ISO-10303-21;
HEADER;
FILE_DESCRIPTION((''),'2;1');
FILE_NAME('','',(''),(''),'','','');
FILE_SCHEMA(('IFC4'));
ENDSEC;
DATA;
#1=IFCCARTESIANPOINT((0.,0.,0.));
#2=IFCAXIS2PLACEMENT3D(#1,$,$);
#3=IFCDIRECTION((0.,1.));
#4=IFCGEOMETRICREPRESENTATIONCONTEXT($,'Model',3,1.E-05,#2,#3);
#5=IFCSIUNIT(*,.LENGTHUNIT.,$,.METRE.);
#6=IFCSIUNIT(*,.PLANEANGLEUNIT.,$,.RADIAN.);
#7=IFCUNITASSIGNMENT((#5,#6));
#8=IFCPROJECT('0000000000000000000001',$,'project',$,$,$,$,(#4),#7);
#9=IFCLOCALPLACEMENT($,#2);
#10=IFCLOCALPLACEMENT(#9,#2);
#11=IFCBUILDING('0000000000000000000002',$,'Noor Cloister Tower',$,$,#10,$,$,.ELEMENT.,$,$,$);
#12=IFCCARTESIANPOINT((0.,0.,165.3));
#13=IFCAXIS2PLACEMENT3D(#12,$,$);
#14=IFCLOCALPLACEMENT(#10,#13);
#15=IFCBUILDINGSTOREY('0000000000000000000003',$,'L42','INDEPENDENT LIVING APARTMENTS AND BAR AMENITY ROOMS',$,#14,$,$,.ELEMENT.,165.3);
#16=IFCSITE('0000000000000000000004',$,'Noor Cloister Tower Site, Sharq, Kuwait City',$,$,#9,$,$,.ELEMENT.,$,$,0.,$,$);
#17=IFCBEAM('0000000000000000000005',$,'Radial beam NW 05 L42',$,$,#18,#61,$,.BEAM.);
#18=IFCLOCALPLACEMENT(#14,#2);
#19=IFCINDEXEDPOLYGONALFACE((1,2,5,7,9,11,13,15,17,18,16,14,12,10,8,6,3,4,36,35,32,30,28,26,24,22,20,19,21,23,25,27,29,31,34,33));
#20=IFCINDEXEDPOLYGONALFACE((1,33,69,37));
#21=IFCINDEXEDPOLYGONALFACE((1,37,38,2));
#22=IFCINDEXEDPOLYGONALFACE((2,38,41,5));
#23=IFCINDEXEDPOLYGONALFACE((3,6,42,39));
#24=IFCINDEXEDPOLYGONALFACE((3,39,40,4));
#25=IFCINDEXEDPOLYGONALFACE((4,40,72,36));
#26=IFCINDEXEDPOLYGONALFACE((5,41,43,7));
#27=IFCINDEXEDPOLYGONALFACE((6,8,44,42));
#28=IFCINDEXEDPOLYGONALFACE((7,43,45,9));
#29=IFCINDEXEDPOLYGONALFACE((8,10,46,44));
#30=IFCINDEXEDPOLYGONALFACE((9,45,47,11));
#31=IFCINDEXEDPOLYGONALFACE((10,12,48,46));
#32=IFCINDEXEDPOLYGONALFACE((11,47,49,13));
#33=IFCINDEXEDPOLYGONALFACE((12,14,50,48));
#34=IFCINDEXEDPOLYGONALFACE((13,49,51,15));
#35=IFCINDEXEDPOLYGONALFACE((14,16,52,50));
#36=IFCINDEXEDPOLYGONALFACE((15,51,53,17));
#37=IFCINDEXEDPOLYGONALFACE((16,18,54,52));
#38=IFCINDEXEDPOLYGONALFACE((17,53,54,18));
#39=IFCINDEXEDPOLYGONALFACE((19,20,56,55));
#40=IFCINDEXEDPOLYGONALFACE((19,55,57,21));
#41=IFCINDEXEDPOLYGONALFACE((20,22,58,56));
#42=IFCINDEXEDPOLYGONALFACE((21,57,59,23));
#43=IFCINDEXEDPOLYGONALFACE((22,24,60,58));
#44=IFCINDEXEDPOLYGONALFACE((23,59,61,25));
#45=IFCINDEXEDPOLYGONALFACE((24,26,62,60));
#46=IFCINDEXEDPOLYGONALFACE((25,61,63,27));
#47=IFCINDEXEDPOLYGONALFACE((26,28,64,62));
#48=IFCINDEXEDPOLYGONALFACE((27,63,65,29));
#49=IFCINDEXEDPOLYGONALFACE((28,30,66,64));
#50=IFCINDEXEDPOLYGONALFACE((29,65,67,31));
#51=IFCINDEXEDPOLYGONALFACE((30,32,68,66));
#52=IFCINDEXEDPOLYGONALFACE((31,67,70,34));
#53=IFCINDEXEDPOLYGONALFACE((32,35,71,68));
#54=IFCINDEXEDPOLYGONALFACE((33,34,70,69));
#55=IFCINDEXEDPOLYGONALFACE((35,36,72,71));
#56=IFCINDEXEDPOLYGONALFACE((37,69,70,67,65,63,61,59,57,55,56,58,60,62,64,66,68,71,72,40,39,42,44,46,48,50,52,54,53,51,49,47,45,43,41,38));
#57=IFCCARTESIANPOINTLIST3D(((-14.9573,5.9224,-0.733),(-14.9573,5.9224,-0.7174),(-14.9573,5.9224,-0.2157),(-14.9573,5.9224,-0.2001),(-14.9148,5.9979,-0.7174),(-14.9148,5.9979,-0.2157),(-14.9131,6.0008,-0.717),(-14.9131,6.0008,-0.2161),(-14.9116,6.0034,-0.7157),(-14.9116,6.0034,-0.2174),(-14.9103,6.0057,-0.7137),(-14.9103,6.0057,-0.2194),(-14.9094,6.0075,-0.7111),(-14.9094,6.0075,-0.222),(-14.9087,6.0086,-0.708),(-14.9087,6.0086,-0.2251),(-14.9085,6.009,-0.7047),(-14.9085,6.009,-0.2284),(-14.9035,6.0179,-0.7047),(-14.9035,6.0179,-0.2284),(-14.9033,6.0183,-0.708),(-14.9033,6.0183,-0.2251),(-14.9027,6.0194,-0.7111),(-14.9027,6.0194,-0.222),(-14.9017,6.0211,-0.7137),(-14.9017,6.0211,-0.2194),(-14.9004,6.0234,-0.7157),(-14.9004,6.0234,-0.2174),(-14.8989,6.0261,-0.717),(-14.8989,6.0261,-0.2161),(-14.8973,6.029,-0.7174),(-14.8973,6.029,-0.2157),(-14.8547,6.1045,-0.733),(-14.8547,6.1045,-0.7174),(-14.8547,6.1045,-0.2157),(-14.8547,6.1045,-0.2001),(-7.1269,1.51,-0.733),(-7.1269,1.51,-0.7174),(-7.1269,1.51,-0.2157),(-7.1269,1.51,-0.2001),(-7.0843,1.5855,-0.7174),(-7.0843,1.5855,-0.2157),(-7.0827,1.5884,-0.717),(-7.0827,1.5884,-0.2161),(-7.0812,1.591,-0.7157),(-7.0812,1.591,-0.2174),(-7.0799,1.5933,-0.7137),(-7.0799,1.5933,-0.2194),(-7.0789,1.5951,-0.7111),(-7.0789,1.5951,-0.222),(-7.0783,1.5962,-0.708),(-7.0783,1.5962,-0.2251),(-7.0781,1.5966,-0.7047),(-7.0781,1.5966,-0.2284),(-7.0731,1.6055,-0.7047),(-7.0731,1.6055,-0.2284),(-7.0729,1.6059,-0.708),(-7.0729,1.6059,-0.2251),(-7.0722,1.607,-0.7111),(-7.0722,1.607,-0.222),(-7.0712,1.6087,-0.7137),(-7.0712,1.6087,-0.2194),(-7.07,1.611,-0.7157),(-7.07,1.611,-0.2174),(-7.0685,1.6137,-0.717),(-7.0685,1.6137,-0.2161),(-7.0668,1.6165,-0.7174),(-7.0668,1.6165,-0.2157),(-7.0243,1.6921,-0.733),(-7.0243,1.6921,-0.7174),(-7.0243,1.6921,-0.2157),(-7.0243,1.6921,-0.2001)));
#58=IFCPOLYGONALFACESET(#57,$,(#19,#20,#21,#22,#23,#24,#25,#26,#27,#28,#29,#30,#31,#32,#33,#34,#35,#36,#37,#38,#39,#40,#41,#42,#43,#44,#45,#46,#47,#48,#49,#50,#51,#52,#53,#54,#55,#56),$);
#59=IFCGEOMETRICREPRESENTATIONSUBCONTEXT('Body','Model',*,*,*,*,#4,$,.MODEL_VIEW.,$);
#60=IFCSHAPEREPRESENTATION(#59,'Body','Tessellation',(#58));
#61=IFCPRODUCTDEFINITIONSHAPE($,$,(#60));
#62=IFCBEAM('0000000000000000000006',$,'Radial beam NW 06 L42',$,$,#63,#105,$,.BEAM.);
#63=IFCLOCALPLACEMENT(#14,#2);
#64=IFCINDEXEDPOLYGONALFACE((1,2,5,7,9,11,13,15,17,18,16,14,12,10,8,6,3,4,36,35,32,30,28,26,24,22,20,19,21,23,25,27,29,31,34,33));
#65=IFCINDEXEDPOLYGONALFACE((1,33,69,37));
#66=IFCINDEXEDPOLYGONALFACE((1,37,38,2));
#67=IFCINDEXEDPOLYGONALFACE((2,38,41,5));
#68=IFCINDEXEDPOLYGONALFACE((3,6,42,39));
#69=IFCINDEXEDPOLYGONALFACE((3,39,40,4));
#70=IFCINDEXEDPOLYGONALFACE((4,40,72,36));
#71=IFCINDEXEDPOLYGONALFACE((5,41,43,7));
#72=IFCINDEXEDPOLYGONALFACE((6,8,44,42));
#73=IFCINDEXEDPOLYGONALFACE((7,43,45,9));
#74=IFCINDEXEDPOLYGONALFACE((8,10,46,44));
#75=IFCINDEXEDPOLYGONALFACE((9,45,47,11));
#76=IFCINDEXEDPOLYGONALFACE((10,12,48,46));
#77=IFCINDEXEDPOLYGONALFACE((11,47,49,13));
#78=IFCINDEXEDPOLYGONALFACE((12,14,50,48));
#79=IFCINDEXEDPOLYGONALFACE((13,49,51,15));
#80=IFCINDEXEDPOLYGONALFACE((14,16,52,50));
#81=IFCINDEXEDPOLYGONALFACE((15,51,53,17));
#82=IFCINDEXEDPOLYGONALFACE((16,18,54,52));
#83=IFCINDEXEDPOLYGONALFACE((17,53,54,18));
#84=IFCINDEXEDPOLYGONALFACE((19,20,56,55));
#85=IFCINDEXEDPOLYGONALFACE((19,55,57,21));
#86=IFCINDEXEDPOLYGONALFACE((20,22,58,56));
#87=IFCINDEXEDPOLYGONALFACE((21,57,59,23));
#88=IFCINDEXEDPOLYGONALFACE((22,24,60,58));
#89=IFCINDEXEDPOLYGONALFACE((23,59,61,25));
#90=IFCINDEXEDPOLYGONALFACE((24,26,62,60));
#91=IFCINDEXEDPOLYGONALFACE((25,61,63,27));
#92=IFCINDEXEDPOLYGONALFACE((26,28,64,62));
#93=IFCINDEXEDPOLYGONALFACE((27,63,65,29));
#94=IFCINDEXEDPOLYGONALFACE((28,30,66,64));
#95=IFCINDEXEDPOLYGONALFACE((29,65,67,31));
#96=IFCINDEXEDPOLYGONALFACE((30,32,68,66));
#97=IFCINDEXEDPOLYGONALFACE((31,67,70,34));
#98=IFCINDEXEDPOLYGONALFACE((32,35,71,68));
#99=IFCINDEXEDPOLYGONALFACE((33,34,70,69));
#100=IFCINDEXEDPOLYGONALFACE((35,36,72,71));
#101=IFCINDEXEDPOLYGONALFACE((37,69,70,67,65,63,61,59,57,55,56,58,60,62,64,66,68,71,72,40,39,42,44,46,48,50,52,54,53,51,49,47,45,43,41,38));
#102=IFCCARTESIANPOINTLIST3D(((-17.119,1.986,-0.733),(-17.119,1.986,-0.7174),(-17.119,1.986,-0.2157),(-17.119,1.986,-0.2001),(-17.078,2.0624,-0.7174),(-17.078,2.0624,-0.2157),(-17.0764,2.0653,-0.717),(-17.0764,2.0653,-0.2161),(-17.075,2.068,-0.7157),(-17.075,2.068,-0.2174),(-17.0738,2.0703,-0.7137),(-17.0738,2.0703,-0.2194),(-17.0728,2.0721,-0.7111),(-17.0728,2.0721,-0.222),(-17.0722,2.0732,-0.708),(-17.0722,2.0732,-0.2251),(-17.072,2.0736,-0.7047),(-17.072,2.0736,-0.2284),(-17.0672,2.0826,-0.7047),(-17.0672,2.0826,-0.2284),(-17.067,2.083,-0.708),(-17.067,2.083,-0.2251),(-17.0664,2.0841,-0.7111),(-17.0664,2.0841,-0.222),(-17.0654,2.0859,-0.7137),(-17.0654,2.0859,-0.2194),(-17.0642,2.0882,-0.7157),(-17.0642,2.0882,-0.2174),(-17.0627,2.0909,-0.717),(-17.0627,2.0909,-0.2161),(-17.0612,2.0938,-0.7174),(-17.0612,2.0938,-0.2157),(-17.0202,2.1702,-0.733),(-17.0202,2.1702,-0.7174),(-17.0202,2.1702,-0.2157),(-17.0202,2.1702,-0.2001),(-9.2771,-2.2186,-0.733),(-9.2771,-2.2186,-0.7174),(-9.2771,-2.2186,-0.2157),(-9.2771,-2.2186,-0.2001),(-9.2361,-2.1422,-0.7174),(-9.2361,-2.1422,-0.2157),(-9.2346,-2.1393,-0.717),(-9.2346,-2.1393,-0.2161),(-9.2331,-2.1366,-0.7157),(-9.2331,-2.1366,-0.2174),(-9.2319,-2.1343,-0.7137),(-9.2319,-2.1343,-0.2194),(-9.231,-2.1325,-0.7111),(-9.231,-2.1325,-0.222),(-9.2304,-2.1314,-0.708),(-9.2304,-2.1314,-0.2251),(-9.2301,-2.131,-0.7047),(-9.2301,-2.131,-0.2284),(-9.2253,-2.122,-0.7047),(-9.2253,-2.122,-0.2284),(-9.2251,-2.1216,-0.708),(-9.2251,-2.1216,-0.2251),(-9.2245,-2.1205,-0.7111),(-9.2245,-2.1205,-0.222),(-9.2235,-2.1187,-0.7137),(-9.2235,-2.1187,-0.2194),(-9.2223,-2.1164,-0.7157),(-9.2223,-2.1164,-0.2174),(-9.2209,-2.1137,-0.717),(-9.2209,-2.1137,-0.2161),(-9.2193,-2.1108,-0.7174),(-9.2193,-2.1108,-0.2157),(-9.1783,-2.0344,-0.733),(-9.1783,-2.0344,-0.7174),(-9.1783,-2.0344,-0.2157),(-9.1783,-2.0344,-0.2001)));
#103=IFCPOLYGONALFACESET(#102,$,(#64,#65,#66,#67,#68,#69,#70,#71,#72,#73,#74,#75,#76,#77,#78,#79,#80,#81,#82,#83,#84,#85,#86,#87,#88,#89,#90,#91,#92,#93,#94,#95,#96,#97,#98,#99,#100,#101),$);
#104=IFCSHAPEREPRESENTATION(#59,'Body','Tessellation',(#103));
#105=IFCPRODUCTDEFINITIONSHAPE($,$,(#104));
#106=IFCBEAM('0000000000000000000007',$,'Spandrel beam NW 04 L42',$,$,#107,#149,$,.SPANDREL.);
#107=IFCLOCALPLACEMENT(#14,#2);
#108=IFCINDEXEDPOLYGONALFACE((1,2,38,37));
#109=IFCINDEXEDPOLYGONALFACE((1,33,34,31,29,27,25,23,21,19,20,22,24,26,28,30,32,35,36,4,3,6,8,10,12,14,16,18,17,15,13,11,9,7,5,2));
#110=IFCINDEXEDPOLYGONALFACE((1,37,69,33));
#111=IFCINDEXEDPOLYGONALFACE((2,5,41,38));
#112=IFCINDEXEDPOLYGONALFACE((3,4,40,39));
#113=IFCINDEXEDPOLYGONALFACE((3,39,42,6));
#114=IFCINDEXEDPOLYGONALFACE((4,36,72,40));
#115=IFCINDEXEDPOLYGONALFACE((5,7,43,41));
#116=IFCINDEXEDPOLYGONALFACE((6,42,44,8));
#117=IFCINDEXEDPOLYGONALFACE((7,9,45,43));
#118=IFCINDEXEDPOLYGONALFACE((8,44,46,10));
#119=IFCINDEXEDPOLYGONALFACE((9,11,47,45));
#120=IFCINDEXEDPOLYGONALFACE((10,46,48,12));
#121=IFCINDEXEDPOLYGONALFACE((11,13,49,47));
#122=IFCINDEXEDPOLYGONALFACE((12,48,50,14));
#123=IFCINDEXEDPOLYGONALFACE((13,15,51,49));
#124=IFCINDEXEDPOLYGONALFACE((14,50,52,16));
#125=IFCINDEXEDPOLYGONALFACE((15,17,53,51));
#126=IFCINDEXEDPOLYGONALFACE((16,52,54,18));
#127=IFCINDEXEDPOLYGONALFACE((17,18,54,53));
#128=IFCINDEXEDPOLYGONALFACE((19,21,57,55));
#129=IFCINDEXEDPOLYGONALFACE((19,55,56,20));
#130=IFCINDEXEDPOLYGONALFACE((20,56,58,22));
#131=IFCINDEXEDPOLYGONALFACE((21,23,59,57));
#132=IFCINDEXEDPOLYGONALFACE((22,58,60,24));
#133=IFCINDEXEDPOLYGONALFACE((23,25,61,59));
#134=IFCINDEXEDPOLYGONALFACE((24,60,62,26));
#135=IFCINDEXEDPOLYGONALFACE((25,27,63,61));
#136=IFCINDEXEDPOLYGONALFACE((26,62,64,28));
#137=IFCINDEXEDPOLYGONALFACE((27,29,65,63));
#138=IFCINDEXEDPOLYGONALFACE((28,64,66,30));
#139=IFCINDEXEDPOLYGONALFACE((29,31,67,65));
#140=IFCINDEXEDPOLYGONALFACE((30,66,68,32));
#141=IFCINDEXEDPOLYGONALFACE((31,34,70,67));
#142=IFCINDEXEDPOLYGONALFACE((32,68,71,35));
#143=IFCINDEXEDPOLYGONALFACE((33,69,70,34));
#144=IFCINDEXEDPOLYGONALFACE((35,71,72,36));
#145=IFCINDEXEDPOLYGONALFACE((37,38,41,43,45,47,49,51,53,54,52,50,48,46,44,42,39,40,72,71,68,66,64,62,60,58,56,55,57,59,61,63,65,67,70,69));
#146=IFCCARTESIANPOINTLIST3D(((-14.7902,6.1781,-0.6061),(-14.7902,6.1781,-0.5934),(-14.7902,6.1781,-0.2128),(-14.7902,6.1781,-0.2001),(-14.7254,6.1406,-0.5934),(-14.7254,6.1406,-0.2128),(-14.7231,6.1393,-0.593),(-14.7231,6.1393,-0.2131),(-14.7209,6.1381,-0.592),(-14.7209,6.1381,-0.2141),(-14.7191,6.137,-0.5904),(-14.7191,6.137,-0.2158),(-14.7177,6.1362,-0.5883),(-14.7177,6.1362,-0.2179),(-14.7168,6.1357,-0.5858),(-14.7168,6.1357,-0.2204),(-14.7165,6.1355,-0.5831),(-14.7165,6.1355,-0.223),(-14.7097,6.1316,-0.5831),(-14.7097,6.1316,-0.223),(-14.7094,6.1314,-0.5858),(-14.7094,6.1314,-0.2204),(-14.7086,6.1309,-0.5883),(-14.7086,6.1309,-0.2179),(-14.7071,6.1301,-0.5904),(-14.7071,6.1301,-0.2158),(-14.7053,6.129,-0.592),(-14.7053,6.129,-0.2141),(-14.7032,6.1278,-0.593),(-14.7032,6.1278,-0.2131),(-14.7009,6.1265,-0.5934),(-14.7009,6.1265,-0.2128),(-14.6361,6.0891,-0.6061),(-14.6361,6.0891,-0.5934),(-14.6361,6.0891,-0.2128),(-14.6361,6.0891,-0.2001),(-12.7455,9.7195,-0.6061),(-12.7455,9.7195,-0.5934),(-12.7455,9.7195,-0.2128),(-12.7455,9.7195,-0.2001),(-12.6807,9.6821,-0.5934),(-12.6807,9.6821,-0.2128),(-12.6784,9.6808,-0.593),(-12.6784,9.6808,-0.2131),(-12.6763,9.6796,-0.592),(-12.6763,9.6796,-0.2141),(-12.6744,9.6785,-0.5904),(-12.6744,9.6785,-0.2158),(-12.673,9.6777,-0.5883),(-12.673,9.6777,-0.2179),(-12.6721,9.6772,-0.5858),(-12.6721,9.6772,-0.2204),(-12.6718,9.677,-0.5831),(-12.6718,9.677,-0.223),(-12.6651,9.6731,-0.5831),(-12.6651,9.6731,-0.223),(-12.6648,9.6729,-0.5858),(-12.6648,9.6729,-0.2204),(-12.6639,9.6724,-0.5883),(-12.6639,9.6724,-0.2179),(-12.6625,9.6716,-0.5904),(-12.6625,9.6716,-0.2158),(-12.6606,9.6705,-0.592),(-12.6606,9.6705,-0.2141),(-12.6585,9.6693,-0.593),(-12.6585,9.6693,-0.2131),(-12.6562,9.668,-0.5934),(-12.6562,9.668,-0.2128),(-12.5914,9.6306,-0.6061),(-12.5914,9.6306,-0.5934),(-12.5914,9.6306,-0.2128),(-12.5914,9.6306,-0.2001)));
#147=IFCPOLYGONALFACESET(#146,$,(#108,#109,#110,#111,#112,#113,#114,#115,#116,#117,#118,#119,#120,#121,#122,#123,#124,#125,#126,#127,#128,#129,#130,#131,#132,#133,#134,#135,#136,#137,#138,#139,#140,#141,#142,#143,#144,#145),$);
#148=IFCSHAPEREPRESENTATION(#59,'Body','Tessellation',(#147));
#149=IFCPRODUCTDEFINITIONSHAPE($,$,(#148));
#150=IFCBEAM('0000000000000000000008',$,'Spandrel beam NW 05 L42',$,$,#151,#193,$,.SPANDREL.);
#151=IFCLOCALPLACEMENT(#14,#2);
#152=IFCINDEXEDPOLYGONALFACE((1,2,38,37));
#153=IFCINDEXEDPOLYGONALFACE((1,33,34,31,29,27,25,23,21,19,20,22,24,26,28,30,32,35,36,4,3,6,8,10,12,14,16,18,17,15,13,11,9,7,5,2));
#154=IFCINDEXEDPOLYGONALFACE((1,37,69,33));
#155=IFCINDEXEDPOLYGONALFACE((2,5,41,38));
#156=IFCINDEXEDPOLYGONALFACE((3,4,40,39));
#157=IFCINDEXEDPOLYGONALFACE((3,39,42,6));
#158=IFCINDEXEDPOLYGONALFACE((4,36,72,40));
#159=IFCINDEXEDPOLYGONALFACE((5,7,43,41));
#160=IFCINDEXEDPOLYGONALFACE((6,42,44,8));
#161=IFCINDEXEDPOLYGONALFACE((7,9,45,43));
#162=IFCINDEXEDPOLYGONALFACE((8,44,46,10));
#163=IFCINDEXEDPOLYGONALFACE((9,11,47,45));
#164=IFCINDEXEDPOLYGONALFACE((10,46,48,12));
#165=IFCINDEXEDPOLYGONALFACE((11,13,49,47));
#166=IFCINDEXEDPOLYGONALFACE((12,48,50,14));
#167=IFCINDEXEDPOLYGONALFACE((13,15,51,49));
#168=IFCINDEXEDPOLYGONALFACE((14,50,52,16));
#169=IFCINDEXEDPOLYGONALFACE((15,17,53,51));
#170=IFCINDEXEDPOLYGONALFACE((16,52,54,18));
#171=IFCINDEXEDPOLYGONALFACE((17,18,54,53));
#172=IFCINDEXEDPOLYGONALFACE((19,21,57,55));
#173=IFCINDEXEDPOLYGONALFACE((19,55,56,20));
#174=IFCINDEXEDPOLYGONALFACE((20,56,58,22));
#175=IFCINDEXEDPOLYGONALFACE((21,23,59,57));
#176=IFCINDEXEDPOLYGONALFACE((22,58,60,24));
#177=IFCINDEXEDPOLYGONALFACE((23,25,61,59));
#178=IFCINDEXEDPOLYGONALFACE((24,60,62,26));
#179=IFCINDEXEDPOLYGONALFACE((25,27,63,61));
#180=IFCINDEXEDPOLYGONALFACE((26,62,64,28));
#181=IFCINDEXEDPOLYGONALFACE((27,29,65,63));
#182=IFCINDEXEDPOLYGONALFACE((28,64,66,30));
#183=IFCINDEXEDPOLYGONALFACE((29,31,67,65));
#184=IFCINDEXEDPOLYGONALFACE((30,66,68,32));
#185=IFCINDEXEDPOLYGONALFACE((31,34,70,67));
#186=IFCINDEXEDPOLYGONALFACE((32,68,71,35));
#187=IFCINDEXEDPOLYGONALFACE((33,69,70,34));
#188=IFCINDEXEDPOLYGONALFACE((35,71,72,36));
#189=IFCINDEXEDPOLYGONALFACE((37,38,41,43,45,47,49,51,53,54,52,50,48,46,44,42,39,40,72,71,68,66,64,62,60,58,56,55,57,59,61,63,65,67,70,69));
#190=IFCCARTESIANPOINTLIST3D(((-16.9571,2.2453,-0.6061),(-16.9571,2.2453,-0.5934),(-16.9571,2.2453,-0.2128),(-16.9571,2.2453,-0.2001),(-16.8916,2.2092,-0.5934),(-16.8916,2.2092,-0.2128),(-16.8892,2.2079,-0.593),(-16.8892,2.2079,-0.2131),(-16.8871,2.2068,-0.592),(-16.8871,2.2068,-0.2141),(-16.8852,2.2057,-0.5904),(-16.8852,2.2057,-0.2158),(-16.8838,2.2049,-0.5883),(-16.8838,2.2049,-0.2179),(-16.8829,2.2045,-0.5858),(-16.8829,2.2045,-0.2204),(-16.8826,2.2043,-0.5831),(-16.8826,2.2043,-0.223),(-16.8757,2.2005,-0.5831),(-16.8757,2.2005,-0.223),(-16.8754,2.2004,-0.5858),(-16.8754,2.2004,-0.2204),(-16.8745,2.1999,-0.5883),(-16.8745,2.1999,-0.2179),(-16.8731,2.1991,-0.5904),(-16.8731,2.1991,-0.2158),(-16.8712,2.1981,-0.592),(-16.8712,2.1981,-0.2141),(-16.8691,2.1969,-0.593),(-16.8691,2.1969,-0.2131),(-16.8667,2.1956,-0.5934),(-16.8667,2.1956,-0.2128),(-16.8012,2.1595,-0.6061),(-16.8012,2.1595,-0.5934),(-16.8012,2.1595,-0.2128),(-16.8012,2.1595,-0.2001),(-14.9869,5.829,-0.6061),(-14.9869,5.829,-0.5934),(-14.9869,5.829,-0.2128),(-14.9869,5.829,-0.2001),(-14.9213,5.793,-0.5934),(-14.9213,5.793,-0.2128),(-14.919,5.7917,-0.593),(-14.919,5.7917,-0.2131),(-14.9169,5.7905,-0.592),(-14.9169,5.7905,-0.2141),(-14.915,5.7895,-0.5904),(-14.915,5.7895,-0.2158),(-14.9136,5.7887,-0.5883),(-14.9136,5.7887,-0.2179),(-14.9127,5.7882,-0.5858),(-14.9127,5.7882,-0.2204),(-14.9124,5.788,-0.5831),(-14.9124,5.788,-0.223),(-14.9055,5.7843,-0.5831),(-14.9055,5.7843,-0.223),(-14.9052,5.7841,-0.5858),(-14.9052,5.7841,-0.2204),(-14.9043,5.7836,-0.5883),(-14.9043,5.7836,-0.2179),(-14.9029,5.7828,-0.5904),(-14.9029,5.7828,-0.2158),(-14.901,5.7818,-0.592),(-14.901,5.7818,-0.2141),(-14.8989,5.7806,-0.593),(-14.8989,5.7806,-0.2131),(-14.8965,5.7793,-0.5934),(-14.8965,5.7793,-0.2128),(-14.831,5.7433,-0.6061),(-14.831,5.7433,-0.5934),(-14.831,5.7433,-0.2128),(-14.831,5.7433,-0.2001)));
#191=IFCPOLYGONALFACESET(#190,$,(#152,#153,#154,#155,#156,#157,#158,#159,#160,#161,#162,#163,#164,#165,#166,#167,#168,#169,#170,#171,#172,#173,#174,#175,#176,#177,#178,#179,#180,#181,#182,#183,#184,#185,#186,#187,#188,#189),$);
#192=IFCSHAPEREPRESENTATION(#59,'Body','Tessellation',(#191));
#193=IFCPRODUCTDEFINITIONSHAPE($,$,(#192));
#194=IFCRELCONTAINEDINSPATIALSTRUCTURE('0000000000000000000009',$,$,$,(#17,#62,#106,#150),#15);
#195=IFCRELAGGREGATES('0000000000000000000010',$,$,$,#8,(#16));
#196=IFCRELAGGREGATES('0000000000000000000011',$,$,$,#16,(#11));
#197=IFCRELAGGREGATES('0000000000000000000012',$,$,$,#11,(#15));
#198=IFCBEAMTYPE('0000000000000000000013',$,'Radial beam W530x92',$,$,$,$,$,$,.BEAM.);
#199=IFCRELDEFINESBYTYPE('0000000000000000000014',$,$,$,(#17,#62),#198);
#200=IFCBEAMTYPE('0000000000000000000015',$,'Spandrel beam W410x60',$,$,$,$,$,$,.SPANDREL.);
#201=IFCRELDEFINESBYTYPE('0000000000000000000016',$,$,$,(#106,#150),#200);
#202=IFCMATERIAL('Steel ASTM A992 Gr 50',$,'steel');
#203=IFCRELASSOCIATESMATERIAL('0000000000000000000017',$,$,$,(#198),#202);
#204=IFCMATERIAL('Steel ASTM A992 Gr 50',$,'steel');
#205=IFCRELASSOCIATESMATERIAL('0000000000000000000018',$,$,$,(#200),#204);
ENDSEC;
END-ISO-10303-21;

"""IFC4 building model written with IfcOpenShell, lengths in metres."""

from ifc_helpers import new_model, si_unit, direction, frame, origin, origin_2d, place, context, subcontext, project, spatial, i_section, extrude, material, material_profile, profile_set, type_object, element, save


model = new_model("IFC4")

# Units and contexts
model_context = context("Model", 3, precision=1e-05, world=origin(), true_north=direction((0.0, 1.0)))
body_context = subcontext(model_context, "Body", "Model", "MODEL_VIEW")
ifc_project = project(units=[si_unit("LENGTHUNIT", "METRE"), si_unit("PLANEANGLEUNIT", "RADIAN")], contexts=[model_context])

# Site, building, storey
site_placement = place(None, origin())
site = spatial("IfcSite", under=ifc_project, at=site_placement, Name="Noor Cloister Tower Site, Sharq, Kuwait City", CompositionType="ELEMENT", RefElevation=0.0)
building_placement = place(site_placement, origin())
building = spatial("IfcBuilding", under=site, at=building_placement, Name="Noor Cloister Tower", CompositionType="ELEMENT")
storey_placement = place(building_placement, frame((0.0, 0.0, 165.3)))
storey = spatial("IfcBuildingStorey", under=building, at=storey_placement, Name="L42", Description="INDEPENDENT LIVING APARTMENTS AND BAR AMENITY ROOMS", CompositionType="ELEMENT", Elevation=165.3)

# Beams
ifc_material_1 = material(Name="Steel ASTM A992 Gr 50", Category="steel")
ifc_material_profile_1 = material_profile(ifc_material_1, i_section(OverallWidth=0.209, OverallDepth=0.533, WebThickness=0.0103, FlangeThickness=0.0156, FilletRadius=0.0127, at=origin_2d()), Name="W530x92")
ifc_profile_set_1 = profile_set([ifc_material_profile_1], Name="Steel ASTM A992 Gr 50")
beam_type_1 = type_object("IfcBeamType", Name="Radial beam W530x92", PredefinedType="BEAM", material=ifc_profile_set_1)
beam_1_placement = place(storey_placement, frame((-14.906, 6.0134, -0.4666), z_axis=(0.871205, -0.49092, 0.0), x_axis=(0.49092, 0.871205, 0.0)))
element("IfcBeam", 1, at=beam_1_placement, inside=storey, type_object=beam_type_1, Name="Radial beam NW 05 L42", PredefinedType="BEAM", context=body_context, shape_type="SweptSolid", body=[
    extrude(i_section(OverallWidth=0.209, OverallDepth=0.533, WebThickness=0.0103, FlangeThickness=0.0156, FilletRadius=0.0127, at=origin_2d()), origin(), (0.0, 0.0, 1.0), 8.988),
])
beam_2_placement = place(storey_placement, frame((-17.0696, 2.0781, -0.4666), z_axis=(0.88131, -0.472538, 0.0), x_axis=(0.472538, 0.88131, 0.0)))
element("IfcBeam", 2, at=beam_2_placement, inside=storey, type_object=beam_type_1, Name="Radial beam NW 06 L42", PredefinedType="BEAM", context=body_context, shape_type="SweptSolid", body=[
    extrude(i_section(OverallWidth=0.209, OverallDepth=0.533, WebThickness=0.0103, FlangeThickness=0.0156, FilletRadius=0.0127, at=origin_2d()), origin(), (0.0, 0.0, 1.0), 8.8979),
])
ifc_material_2 = material(Name="Steel ASTM A992 Gr 50", Category="steel")
ifc_material_profile_2 = material_profile(ifc_material_2, i_section(OverallWidth=0.178, OverallDepth=0.406, WebThickness=0.0078, FlangeThickness=0.0127, FilletRadius=0.0103, at=origin_2d()), Name="W410x60")
ifc_profile_set_2 = profile_set([ifc_material_profile_2], Name="Steel ASTM A992 Gr 50")
beam_type_2 = type_object("IfcBeamType", Name="Spandrel beam W410x60", PredefinedType="SPANDREL", material=ifc_profile_set_2)
beam_3_placement = place(storey_placement, frame((-12.6685, 9.675, -0.4031), z_axis=(-0.499998, -0.866027, 0.0), x_axis=(0.866027, -0.499998, 0.0)))
element("IfcBeam", 3, at=beam_3_placement, inside=storey, type_object=beam_type_2, Name="Spandrel beam NW 04 L42", PredefinedType="SPANDREL", context=body_context, shape_type="SweptSolid", body=[
    extrude(i_section(OverallWidth=0.178, OverallDepth=0.406, WebThickness=0.0078, FlangeThickness=0.0127, FilletRadius=0.0103, at=origin_2d()), origin(), (0.0, 0.0, 1.0), 4.0894),
])
beam_4_placement = place(storey_placement, frame((-14.9089, 5.7861, -0.4031), z_axis=(-0.481761, -0.876303, 0.0), x_axis=(0.876303, -0.481761, 0.0)))
element("IfcBeam", 4, at=beam_4_placement, inside=storey, type_object=beam_type_2, Name="Spandrel beam NW 05 L42", PredefinedType="SPANDREL", context=body_context, shape_type="SweptSolid", body=[
    extrude(i_section(OverallWidth=0.178, OverallDepth=0.406, WebThickness=0.0078, FlangeThickness=0.0127, FilletRadius=0.0103, at=origin_2d()), origin(), (0.0, 0.0, 1.0), 4.0896),
])

save(model, "model.ifc")
